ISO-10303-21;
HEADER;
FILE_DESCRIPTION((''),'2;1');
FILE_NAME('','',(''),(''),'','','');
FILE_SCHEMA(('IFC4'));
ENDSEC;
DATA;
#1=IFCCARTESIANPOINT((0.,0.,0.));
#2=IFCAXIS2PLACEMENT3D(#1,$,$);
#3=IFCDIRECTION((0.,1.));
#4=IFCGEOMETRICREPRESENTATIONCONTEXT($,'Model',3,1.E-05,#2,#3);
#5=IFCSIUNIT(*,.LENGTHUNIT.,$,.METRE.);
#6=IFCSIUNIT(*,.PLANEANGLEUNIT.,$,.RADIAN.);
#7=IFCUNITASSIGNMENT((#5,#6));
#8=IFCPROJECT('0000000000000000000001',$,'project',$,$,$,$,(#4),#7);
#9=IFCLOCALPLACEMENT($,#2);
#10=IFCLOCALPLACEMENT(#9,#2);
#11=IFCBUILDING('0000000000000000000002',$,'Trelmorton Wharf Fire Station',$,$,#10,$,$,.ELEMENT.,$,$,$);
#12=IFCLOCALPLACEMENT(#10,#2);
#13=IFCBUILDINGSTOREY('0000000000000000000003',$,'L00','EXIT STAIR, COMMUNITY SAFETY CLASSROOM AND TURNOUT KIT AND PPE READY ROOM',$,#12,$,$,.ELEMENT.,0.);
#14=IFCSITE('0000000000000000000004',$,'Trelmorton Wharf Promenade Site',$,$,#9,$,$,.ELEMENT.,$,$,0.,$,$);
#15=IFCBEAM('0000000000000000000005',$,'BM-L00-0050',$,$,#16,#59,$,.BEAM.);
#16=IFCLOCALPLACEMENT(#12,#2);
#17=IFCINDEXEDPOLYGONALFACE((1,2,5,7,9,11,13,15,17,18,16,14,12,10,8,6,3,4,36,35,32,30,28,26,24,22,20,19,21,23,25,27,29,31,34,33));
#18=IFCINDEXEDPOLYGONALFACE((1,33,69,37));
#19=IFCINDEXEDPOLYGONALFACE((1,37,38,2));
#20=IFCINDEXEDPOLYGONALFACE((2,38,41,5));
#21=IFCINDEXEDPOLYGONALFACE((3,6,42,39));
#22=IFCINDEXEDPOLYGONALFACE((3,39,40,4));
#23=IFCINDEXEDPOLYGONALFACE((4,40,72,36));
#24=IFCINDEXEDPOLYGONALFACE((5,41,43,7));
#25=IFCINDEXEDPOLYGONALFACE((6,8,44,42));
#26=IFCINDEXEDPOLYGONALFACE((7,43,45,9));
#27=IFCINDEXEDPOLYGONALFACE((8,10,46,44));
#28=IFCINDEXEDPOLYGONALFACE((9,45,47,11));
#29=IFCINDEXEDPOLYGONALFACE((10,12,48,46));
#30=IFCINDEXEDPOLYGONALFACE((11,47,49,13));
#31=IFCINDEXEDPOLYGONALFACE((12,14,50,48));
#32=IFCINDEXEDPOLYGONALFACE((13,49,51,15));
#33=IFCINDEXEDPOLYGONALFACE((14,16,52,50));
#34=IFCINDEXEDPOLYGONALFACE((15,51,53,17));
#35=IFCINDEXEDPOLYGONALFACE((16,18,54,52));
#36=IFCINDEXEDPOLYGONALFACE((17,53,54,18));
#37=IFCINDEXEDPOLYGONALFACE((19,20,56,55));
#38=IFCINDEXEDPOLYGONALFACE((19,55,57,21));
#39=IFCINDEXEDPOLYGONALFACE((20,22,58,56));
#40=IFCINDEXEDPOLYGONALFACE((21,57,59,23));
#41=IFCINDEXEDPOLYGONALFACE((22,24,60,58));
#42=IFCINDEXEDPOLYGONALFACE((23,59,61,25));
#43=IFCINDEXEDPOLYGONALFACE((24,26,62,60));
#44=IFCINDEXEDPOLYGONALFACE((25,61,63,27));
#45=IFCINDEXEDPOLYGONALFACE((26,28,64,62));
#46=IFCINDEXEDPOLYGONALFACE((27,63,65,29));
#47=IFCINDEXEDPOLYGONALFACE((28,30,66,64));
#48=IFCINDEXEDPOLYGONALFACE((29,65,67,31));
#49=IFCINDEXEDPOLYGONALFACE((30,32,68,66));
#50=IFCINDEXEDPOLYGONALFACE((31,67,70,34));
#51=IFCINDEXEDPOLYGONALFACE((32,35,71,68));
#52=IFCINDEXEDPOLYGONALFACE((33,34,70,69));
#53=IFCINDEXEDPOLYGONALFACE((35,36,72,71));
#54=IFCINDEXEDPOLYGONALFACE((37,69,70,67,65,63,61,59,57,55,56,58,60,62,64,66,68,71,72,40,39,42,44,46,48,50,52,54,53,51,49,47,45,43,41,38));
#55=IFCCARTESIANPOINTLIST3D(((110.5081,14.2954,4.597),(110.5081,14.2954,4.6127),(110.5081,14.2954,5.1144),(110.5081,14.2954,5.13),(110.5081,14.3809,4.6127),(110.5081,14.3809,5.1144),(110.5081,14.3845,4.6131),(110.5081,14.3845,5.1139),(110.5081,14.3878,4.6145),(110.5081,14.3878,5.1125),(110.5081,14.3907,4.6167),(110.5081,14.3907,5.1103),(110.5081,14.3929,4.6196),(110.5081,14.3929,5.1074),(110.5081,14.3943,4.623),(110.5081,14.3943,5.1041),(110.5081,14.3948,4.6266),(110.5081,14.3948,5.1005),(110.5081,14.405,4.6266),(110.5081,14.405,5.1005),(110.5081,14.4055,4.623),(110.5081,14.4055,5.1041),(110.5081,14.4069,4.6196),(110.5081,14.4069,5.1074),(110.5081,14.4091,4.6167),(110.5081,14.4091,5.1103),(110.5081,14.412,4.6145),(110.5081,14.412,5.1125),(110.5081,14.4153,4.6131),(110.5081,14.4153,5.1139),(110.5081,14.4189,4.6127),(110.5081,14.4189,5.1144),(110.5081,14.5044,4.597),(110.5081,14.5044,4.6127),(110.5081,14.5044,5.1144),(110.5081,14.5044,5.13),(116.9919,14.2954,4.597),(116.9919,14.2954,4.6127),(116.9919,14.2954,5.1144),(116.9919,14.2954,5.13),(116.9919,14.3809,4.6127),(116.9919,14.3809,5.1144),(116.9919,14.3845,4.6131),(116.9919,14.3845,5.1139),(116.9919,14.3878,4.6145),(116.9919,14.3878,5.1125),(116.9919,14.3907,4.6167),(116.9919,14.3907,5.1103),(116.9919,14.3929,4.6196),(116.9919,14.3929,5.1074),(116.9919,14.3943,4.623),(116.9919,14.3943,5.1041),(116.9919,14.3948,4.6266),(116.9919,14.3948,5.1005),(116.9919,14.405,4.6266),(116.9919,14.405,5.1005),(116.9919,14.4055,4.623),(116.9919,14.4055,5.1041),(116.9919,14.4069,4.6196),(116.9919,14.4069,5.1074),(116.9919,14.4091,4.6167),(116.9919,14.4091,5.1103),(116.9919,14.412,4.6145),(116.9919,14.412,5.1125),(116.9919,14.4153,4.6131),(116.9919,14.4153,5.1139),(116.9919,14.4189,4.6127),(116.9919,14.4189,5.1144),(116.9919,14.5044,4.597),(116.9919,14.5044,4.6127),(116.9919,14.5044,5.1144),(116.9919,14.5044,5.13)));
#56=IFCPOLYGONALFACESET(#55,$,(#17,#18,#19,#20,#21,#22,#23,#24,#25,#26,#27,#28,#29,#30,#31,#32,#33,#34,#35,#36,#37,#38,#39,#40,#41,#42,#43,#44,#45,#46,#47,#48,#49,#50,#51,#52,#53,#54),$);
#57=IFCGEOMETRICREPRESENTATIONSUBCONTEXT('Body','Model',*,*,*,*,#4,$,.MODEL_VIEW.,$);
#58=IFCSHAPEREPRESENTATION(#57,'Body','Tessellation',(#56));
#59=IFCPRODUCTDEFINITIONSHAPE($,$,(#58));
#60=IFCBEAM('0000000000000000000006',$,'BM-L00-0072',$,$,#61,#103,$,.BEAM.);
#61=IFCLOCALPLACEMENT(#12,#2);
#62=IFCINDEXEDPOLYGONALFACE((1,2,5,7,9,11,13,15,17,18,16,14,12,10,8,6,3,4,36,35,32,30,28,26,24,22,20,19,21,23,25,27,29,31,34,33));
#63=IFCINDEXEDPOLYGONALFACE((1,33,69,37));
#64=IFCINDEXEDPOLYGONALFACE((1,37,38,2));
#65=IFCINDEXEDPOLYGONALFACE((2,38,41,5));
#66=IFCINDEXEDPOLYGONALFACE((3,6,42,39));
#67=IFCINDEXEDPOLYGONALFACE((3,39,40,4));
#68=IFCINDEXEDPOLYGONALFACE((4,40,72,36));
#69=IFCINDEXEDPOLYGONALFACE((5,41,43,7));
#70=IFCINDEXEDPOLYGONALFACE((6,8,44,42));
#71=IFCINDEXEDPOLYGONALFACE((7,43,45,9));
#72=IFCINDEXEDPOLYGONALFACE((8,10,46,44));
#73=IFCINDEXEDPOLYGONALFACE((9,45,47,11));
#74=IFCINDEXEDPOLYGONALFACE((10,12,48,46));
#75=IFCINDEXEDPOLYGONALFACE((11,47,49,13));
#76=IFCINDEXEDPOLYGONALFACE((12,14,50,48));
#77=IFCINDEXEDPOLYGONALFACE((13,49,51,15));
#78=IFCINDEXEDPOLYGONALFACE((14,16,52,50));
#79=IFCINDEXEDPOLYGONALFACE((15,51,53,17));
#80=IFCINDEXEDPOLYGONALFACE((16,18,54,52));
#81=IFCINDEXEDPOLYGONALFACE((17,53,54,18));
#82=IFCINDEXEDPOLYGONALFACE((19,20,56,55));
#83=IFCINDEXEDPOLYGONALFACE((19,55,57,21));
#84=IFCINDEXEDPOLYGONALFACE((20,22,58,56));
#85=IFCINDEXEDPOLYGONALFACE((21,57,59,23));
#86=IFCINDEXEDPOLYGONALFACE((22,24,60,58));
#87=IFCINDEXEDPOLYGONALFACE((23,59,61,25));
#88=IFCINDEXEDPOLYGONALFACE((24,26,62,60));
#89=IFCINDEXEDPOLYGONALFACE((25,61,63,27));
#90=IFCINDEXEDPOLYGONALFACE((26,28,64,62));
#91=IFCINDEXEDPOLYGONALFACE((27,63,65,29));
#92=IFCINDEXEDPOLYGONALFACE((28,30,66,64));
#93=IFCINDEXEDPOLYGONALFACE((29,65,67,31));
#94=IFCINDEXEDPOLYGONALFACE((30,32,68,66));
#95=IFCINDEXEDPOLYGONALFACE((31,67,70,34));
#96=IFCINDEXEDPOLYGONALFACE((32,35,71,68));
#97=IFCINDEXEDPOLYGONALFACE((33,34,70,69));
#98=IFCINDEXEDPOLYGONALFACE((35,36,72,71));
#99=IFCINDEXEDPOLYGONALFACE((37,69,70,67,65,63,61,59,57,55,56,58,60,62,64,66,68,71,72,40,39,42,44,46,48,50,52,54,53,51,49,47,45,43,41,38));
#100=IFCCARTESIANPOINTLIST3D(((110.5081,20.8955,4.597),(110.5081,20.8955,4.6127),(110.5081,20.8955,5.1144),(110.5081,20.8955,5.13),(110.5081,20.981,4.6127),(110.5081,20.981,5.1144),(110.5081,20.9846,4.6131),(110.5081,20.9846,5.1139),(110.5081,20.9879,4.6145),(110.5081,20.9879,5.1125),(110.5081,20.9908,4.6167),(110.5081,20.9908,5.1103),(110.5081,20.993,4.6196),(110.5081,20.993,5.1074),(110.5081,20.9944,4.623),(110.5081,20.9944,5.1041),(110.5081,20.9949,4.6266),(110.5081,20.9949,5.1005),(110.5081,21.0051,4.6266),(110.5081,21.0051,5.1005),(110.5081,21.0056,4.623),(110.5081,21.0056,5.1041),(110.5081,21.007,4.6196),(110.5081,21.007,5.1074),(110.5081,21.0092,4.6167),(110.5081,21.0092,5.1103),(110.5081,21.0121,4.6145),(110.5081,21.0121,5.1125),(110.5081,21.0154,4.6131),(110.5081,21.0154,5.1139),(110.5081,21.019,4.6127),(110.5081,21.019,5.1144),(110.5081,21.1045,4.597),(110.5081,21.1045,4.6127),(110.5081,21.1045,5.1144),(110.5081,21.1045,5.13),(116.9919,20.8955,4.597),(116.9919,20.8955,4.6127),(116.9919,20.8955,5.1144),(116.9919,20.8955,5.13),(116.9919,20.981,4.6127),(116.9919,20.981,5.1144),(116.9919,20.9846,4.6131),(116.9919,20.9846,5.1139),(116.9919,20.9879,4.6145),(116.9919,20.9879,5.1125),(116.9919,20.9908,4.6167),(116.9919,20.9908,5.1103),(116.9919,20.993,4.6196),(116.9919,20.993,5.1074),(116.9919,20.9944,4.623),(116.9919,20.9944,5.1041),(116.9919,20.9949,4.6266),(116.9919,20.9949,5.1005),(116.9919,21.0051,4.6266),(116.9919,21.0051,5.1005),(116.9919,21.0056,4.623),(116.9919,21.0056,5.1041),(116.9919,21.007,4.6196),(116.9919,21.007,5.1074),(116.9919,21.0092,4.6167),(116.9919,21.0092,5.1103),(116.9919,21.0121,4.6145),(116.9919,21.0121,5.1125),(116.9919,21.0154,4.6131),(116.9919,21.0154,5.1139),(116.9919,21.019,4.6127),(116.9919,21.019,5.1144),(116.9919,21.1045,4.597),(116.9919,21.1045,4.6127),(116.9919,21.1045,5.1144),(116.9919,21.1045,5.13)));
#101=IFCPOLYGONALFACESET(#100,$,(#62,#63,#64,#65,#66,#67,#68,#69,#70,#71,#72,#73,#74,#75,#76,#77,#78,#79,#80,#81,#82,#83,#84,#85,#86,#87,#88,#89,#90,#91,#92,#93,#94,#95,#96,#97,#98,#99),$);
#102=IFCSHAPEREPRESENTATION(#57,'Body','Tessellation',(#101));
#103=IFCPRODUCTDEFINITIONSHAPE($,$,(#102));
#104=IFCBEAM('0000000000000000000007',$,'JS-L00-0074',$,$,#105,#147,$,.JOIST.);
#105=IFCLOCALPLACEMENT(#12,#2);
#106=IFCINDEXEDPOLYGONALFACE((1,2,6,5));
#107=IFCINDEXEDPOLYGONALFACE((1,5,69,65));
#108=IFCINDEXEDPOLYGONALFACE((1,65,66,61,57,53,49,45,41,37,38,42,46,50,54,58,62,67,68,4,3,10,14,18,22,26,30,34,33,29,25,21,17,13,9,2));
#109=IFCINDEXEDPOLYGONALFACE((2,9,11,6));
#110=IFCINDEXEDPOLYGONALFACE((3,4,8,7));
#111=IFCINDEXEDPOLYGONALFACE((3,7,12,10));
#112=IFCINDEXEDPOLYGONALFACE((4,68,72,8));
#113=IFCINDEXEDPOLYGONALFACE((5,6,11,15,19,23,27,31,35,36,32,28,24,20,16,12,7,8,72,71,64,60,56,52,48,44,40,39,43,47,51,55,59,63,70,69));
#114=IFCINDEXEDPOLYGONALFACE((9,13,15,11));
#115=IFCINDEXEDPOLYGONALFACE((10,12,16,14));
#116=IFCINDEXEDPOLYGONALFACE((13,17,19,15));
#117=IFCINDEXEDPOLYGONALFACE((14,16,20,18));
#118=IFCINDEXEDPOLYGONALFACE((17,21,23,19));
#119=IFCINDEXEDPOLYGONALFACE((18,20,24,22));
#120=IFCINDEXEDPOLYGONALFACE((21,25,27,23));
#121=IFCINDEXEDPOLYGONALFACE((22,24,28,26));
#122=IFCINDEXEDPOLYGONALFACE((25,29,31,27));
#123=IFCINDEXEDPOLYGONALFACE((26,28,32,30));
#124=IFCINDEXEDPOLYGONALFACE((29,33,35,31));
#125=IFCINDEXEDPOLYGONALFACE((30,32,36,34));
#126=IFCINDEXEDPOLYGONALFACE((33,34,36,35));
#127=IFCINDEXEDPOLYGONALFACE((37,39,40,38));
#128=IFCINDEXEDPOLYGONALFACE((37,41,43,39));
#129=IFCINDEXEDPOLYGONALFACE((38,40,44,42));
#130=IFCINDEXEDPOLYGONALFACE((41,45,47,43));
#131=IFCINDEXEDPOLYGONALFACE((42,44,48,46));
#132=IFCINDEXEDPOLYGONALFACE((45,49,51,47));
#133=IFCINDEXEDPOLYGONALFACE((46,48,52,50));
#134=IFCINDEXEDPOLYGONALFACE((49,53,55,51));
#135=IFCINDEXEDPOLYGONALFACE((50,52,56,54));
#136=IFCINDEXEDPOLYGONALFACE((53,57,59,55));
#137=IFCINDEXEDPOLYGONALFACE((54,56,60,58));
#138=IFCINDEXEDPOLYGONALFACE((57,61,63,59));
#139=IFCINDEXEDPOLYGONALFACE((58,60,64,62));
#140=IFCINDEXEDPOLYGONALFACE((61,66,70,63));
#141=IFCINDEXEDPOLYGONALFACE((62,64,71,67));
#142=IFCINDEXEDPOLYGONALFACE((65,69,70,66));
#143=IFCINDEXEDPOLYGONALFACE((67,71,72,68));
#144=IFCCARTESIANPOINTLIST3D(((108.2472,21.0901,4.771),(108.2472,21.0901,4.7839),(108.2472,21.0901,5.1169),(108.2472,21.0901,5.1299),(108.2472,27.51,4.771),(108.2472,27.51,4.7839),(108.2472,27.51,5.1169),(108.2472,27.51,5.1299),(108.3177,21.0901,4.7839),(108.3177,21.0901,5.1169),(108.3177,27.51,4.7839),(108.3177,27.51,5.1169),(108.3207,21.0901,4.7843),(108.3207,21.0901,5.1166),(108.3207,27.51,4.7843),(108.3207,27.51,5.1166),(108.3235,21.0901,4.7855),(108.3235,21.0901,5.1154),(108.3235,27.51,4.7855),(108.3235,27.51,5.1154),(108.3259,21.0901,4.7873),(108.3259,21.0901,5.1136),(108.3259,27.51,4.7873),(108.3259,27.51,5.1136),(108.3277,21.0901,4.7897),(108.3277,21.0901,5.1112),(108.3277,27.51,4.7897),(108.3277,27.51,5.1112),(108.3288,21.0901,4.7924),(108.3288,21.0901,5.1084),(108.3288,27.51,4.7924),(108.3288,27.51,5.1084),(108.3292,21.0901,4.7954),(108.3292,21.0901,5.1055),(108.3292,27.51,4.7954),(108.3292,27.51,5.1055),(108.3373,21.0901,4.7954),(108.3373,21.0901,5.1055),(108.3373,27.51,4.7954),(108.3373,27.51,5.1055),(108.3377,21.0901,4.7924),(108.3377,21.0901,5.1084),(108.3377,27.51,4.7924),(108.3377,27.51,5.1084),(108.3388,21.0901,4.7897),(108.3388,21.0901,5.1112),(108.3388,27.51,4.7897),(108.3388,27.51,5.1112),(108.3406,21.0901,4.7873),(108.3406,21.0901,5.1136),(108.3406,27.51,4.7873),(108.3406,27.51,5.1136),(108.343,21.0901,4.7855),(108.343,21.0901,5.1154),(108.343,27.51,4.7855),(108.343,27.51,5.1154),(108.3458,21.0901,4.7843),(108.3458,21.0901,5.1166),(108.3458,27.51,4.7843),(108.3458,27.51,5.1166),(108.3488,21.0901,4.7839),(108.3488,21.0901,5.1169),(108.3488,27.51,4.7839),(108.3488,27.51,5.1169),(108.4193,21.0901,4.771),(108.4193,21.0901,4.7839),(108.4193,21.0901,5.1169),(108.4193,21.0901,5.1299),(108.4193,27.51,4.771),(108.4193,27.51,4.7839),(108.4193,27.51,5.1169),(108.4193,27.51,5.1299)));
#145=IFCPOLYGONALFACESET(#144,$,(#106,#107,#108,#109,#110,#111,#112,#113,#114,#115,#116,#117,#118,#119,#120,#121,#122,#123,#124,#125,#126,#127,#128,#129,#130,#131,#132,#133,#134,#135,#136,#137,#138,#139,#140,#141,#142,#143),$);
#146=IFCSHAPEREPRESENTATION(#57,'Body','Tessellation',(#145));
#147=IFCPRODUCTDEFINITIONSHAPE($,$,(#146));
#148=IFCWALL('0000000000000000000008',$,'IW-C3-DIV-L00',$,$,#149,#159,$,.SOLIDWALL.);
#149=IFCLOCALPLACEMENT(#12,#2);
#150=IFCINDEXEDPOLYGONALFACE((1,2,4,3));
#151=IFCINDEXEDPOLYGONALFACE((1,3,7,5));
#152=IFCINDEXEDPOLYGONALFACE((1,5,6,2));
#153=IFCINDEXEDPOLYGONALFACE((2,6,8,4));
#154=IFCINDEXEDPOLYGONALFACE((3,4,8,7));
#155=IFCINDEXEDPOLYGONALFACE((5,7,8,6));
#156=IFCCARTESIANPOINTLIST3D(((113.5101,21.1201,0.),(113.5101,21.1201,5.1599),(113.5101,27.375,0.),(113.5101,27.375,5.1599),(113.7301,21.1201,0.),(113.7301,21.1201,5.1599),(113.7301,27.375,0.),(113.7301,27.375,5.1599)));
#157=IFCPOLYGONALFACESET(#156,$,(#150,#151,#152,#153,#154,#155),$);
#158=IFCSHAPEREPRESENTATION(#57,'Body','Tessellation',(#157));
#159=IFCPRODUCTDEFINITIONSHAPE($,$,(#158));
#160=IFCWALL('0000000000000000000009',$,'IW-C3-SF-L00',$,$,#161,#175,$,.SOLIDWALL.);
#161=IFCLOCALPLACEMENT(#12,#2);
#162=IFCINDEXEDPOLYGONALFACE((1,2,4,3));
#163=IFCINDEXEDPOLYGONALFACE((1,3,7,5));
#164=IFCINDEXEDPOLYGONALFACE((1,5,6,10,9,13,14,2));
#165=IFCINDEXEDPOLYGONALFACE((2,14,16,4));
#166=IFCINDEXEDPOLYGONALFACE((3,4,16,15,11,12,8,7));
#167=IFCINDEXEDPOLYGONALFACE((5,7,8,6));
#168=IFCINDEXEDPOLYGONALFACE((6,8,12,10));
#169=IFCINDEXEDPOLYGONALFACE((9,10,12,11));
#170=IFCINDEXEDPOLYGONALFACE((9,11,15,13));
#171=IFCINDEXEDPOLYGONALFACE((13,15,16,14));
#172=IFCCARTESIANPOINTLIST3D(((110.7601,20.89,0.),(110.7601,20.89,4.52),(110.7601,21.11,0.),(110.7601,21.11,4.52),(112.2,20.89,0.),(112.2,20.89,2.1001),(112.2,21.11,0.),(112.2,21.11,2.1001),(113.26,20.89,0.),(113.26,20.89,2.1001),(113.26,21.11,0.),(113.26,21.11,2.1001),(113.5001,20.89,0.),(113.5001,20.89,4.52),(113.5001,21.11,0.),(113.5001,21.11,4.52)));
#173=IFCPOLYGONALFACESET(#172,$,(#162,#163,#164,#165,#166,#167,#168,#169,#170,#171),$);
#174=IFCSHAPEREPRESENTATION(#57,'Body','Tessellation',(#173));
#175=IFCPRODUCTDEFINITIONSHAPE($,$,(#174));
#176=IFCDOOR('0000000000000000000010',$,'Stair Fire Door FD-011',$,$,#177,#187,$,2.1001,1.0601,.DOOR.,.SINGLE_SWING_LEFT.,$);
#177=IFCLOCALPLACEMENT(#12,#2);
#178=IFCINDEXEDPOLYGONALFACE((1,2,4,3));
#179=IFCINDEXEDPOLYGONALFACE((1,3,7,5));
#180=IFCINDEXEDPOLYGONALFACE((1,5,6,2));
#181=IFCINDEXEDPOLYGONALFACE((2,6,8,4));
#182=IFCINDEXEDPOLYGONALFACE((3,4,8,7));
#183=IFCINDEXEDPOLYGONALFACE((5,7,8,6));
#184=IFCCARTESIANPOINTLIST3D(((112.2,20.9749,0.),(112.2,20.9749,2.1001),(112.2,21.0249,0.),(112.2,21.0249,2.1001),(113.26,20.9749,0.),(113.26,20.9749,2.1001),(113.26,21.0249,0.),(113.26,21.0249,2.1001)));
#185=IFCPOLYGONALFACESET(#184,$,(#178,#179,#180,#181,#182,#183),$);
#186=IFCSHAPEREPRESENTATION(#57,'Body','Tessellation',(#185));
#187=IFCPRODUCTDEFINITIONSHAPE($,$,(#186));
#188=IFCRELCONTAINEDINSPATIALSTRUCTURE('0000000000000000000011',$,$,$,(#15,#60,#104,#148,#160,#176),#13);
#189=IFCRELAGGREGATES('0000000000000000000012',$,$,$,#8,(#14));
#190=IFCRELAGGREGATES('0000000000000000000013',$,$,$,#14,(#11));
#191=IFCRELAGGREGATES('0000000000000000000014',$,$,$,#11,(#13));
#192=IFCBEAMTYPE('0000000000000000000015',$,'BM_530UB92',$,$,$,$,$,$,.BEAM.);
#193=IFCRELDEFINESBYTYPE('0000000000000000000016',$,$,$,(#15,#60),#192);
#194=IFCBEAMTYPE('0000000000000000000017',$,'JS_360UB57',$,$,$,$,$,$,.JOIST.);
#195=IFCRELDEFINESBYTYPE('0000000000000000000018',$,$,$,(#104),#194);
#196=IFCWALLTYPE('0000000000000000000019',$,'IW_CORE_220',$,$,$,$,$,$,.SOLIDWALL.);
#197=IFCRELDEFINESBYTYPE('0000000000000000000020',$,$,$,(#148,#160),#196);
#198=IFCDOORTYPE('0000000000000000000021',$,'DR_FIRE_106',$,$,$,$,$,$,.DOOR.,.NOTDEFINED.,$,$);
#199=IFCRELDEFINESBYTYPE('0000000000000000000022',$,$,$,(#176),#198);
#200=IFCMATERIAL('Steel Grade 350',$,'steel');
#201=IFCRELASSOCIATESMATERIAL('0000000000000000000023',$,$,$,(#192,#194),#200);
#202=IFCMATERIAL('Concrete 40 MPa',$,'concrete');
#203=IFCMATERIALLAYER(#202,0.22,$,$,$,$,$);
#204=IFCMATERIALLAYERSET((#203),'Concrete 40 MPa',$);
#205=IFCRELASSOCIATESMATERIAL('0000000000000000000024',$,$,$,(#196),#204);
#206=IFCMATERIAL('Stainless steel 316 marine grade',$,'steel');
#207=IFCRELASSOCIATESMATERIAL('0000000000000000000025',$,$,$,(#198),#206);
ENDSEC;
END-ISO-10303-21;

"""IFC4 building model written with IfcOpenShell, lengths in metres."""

from ifc_helpers import new_model, si_unit, direction, frame, frame_2d, origin, origin_2d, place, context, subcontext, project, spatial, rectangle, i_section, extrude, material, layer, layer_set, material_profile, profile_set, type_object, element, fill, save


model = new_model("IFC4")

# Units and contexts
model_context = context("Model", 3, precision=1e-05, world=origin(), true_north=direction((0.0, 1.0)))
body_context = subcontext(model_context, "Body", "Model", "MODEL_VIEW")
ifc_project = project(units=[si_unit("LENGTHUNIT", "METRE"), si_unit("PLANEANGLEUNIT", "RADIAN")], contexts=[model_context])

# Site, building, storey
site_placement = place(None, origin())
site = spatial("IfcSite", under=ifc_project, at=site_placement, Name="Trelmorton Wharf Promenade Site", CompositionType="ELEMENT", RefElevation=0.0)
building_placement = place(site_placement, origin())
building = spatial("IfcBuilding", under=site, at=building_placement, Name="Trelmorton Wharf Fire Station", CompositionType="ELEMENT")
storey_placement = place(building_placement, origin())
storey = spatial("IfcBuildingStorey", under=building, at=storey_placement, Name="L00", Description="EXIT STAIR, COMMUNITY SAFETY CLASSROOM AND TURNOUT KIT AND PPE READY ROOM", CompositionType="ELEMENT", Elevation=0.0)

# Shared definitions
ifc_material_1 = material(Name="Concrete 40 MPa", Category="concrete")

# Shared definitions
ifc_material_2 = material(Name="Steel Grade 350", Category="steel")

# Beams
ifc_material_profile_1 = material_profile(ifc_material_2, i_section(OverallWidth=0.209, OverallDepth=0.533, WebThickness=0.0103, FlangeThickness=0.0156, FilletRadius=0.0139, at=origin_2d()), Name="530UB92.4")
ifc_profile_set_1 = profile_set([ifc_material_profile_1], Name="Steel Grade 350")
beam_type_1 = type_object("IfcBeamType", Name="BM_530UB92", PredefinedType="BEAM", material=ifc_profile_set_1)
for number, where, z_axis, x_axis, name in (
    (1, (110.5081, 14.3999, 4.8635), (1.0, 0.0, 0.0), (0.0, 1.0, 0.0), "BM-L00-0050"),
    (2, (110.5081, 21.0, 4.8635), (1.0, 0.0, 0.0), (0.0, 1.0, 0.0), "BM-L00-0072"),
):
    element("IfcBeam", number, at=place(storey_placement, frame(where, z_axis=z_axis, x_axis=x_axis)), inside=storey, type_object=beam_type_1, Name=name, PredefinedType="BEAM", context=body_context, shape_type="SweptSolid", body=[
        extrude(i_section(OverallWidth=0.209, OverallDepth=0.533, WebThickness=0.0103, FlangeThickness=0.0156, FilletRadius=0.0139, at=origin_2d()), origin(), (0.0, 0.0, 1.0), 6.4839),
    ])
ifc_material_profile_2 = material_profile(ifc_material_2, i_section(OverallWidth=0.1721, OverallDepth=0.3589, WebThickness=0.0081, FlangeThickness=0.0129, FilletRadius=0.0115, at=origin_2d()), Name="360UB56.7")
ifc_profile_set_2 = profile_set([ifc_material_profile_2], Name="Steel Grade 350")
beam_type_2 = type_object("IfcBeamType", Name="JS_360UB57", PredefinedType="JOIST", material=ifc_profile_set_2)
beam_placement = place(storey_placement, frame((108.3333, 21.0901, 4.9504), z_axis=(0.0, 1.0, 0.0), x_axis=(-1.0, 0.0, 0.0)))
element("IfcBeam", 3, at=beam_placement, inside=storey, type_object=beam_type_2, Name="JS-L00-0074", PredefinedType="JOIST", context=body_context, shape_type="SweptSolid", body=[
    extrude(i_section(OverallWidth=0.1721, OverallDepth=0.3589, WebThickness=0.0081, FlangeThickness=0.0129, FilletRadius=0.0115, at=origin_2d()), origin(), (0.0, 0.0, 1.0), 6.4199),
])

# Wall
ifc_layer_1 = layer(ifc_material_1, 0.22)
ifc_layer_set_1 = layer_set([ifc_layer_1], Name="Concrete 40 MPa")
wall_type_1 = type_object("IfcWallType", Name="IW_CORE_220", PredefinedType="SOLIDWALL", material=ifc_layer_set_1)
wall_1_placement = place(storey_placement, frame((113.6201, 21.1201, 0.0), z_axis=(0.0, 0.0, 1.0), x_axis=(0.0, 1.0, 0.0)))
element("IfcWall", 4, at=wall_1_placement, inside=storey, type_object=wall_type_1, Name="IW-C3-DIV-L00", PredefinedType="SOLIDWALL", context=body_context, shape_type="SweptSolid", body=[
    extrude(rectangle(XDim=6.2549, YDim=0.22, at=frame_2d((3.1274, 0.0))), origin(), (0.0, 0.0, 1.0), 5.1599),
])

# Wall, opening, door
wall_2_placement = place(storey_placement, frame((110.76, 21.0, 0.0), z_axis=(0.0, 0.0, 1.0), x_axis=(1.0, 0.0, 0.0)))
wall_2 = element("IfcWall", 5, at=wall_2_placement, inside=storey, type_object=wall_type_1, Name="IW-C3-SF-L00", PredefinedType="SOLIDWALL", context=body_context, shape_type="SweptSolid", body=[
    extrude(rectangle(XDim=2.74, YDim=0.22, at=frame_2d((1.3701, 0.0))), origin(), (0.0, 0.0, 1.0), 4.52),
])
opening_placement = place(wall_2_placement, frame((1.4399, 0.0, 0.0)))
opening = element("IfcOpeningElement", 6, at=opening_placement, cuts=wall_2, PredefinedType="OPENING", context=body_context, shape_type="SweptSolid", body=[
    extrude(rectangle(XDim=1.0601, YDim=2.1001, at=frame_2d((0.53, 1.05))), frame((0.0, 0.1201, 0.0), z_axis=(0.0, -1.0, 0.0), x_axis=(1.0, 0.0, 0.0)), (0.0, 0.0, 1.0), 0.24),
])
ifc_material_3 = material(Name="Stainless steel 316 marine grade", Category="steel")
door_type = type_object("IfcDoorType", Name="DR_FIRE_106", OperationType="NOTDEFINED", PredefinedType="DOOR", material=ifc_material_3)
door_placement = place(opening_placement, origin())
door = element("IfcDoor", 7, at=door_placement, inside=storey, type_object=door_type, Name="Stair Fire Door FD-011", OperationType="SINGLE_SWING_LEFT", OverallHeight=2.1001, OverallWidth=1.0601, PredefinedType="DOOR", context=body_context, shape_type="SweptSolid", body=[
    extrude(rectangle(XDim=1.0601, YDim=2.1001, at=frame_2d((0.53, 1.05))), frame((0.0, 0.0249, 0.0), z_axis=(0.0, -1.0, 0.0), x_axis=(1.0, 0.0, 0.0)), (0.0, 0.0, 1.0), 0.05),
])
fill(opening, door)

save(model, "model.ifc")
